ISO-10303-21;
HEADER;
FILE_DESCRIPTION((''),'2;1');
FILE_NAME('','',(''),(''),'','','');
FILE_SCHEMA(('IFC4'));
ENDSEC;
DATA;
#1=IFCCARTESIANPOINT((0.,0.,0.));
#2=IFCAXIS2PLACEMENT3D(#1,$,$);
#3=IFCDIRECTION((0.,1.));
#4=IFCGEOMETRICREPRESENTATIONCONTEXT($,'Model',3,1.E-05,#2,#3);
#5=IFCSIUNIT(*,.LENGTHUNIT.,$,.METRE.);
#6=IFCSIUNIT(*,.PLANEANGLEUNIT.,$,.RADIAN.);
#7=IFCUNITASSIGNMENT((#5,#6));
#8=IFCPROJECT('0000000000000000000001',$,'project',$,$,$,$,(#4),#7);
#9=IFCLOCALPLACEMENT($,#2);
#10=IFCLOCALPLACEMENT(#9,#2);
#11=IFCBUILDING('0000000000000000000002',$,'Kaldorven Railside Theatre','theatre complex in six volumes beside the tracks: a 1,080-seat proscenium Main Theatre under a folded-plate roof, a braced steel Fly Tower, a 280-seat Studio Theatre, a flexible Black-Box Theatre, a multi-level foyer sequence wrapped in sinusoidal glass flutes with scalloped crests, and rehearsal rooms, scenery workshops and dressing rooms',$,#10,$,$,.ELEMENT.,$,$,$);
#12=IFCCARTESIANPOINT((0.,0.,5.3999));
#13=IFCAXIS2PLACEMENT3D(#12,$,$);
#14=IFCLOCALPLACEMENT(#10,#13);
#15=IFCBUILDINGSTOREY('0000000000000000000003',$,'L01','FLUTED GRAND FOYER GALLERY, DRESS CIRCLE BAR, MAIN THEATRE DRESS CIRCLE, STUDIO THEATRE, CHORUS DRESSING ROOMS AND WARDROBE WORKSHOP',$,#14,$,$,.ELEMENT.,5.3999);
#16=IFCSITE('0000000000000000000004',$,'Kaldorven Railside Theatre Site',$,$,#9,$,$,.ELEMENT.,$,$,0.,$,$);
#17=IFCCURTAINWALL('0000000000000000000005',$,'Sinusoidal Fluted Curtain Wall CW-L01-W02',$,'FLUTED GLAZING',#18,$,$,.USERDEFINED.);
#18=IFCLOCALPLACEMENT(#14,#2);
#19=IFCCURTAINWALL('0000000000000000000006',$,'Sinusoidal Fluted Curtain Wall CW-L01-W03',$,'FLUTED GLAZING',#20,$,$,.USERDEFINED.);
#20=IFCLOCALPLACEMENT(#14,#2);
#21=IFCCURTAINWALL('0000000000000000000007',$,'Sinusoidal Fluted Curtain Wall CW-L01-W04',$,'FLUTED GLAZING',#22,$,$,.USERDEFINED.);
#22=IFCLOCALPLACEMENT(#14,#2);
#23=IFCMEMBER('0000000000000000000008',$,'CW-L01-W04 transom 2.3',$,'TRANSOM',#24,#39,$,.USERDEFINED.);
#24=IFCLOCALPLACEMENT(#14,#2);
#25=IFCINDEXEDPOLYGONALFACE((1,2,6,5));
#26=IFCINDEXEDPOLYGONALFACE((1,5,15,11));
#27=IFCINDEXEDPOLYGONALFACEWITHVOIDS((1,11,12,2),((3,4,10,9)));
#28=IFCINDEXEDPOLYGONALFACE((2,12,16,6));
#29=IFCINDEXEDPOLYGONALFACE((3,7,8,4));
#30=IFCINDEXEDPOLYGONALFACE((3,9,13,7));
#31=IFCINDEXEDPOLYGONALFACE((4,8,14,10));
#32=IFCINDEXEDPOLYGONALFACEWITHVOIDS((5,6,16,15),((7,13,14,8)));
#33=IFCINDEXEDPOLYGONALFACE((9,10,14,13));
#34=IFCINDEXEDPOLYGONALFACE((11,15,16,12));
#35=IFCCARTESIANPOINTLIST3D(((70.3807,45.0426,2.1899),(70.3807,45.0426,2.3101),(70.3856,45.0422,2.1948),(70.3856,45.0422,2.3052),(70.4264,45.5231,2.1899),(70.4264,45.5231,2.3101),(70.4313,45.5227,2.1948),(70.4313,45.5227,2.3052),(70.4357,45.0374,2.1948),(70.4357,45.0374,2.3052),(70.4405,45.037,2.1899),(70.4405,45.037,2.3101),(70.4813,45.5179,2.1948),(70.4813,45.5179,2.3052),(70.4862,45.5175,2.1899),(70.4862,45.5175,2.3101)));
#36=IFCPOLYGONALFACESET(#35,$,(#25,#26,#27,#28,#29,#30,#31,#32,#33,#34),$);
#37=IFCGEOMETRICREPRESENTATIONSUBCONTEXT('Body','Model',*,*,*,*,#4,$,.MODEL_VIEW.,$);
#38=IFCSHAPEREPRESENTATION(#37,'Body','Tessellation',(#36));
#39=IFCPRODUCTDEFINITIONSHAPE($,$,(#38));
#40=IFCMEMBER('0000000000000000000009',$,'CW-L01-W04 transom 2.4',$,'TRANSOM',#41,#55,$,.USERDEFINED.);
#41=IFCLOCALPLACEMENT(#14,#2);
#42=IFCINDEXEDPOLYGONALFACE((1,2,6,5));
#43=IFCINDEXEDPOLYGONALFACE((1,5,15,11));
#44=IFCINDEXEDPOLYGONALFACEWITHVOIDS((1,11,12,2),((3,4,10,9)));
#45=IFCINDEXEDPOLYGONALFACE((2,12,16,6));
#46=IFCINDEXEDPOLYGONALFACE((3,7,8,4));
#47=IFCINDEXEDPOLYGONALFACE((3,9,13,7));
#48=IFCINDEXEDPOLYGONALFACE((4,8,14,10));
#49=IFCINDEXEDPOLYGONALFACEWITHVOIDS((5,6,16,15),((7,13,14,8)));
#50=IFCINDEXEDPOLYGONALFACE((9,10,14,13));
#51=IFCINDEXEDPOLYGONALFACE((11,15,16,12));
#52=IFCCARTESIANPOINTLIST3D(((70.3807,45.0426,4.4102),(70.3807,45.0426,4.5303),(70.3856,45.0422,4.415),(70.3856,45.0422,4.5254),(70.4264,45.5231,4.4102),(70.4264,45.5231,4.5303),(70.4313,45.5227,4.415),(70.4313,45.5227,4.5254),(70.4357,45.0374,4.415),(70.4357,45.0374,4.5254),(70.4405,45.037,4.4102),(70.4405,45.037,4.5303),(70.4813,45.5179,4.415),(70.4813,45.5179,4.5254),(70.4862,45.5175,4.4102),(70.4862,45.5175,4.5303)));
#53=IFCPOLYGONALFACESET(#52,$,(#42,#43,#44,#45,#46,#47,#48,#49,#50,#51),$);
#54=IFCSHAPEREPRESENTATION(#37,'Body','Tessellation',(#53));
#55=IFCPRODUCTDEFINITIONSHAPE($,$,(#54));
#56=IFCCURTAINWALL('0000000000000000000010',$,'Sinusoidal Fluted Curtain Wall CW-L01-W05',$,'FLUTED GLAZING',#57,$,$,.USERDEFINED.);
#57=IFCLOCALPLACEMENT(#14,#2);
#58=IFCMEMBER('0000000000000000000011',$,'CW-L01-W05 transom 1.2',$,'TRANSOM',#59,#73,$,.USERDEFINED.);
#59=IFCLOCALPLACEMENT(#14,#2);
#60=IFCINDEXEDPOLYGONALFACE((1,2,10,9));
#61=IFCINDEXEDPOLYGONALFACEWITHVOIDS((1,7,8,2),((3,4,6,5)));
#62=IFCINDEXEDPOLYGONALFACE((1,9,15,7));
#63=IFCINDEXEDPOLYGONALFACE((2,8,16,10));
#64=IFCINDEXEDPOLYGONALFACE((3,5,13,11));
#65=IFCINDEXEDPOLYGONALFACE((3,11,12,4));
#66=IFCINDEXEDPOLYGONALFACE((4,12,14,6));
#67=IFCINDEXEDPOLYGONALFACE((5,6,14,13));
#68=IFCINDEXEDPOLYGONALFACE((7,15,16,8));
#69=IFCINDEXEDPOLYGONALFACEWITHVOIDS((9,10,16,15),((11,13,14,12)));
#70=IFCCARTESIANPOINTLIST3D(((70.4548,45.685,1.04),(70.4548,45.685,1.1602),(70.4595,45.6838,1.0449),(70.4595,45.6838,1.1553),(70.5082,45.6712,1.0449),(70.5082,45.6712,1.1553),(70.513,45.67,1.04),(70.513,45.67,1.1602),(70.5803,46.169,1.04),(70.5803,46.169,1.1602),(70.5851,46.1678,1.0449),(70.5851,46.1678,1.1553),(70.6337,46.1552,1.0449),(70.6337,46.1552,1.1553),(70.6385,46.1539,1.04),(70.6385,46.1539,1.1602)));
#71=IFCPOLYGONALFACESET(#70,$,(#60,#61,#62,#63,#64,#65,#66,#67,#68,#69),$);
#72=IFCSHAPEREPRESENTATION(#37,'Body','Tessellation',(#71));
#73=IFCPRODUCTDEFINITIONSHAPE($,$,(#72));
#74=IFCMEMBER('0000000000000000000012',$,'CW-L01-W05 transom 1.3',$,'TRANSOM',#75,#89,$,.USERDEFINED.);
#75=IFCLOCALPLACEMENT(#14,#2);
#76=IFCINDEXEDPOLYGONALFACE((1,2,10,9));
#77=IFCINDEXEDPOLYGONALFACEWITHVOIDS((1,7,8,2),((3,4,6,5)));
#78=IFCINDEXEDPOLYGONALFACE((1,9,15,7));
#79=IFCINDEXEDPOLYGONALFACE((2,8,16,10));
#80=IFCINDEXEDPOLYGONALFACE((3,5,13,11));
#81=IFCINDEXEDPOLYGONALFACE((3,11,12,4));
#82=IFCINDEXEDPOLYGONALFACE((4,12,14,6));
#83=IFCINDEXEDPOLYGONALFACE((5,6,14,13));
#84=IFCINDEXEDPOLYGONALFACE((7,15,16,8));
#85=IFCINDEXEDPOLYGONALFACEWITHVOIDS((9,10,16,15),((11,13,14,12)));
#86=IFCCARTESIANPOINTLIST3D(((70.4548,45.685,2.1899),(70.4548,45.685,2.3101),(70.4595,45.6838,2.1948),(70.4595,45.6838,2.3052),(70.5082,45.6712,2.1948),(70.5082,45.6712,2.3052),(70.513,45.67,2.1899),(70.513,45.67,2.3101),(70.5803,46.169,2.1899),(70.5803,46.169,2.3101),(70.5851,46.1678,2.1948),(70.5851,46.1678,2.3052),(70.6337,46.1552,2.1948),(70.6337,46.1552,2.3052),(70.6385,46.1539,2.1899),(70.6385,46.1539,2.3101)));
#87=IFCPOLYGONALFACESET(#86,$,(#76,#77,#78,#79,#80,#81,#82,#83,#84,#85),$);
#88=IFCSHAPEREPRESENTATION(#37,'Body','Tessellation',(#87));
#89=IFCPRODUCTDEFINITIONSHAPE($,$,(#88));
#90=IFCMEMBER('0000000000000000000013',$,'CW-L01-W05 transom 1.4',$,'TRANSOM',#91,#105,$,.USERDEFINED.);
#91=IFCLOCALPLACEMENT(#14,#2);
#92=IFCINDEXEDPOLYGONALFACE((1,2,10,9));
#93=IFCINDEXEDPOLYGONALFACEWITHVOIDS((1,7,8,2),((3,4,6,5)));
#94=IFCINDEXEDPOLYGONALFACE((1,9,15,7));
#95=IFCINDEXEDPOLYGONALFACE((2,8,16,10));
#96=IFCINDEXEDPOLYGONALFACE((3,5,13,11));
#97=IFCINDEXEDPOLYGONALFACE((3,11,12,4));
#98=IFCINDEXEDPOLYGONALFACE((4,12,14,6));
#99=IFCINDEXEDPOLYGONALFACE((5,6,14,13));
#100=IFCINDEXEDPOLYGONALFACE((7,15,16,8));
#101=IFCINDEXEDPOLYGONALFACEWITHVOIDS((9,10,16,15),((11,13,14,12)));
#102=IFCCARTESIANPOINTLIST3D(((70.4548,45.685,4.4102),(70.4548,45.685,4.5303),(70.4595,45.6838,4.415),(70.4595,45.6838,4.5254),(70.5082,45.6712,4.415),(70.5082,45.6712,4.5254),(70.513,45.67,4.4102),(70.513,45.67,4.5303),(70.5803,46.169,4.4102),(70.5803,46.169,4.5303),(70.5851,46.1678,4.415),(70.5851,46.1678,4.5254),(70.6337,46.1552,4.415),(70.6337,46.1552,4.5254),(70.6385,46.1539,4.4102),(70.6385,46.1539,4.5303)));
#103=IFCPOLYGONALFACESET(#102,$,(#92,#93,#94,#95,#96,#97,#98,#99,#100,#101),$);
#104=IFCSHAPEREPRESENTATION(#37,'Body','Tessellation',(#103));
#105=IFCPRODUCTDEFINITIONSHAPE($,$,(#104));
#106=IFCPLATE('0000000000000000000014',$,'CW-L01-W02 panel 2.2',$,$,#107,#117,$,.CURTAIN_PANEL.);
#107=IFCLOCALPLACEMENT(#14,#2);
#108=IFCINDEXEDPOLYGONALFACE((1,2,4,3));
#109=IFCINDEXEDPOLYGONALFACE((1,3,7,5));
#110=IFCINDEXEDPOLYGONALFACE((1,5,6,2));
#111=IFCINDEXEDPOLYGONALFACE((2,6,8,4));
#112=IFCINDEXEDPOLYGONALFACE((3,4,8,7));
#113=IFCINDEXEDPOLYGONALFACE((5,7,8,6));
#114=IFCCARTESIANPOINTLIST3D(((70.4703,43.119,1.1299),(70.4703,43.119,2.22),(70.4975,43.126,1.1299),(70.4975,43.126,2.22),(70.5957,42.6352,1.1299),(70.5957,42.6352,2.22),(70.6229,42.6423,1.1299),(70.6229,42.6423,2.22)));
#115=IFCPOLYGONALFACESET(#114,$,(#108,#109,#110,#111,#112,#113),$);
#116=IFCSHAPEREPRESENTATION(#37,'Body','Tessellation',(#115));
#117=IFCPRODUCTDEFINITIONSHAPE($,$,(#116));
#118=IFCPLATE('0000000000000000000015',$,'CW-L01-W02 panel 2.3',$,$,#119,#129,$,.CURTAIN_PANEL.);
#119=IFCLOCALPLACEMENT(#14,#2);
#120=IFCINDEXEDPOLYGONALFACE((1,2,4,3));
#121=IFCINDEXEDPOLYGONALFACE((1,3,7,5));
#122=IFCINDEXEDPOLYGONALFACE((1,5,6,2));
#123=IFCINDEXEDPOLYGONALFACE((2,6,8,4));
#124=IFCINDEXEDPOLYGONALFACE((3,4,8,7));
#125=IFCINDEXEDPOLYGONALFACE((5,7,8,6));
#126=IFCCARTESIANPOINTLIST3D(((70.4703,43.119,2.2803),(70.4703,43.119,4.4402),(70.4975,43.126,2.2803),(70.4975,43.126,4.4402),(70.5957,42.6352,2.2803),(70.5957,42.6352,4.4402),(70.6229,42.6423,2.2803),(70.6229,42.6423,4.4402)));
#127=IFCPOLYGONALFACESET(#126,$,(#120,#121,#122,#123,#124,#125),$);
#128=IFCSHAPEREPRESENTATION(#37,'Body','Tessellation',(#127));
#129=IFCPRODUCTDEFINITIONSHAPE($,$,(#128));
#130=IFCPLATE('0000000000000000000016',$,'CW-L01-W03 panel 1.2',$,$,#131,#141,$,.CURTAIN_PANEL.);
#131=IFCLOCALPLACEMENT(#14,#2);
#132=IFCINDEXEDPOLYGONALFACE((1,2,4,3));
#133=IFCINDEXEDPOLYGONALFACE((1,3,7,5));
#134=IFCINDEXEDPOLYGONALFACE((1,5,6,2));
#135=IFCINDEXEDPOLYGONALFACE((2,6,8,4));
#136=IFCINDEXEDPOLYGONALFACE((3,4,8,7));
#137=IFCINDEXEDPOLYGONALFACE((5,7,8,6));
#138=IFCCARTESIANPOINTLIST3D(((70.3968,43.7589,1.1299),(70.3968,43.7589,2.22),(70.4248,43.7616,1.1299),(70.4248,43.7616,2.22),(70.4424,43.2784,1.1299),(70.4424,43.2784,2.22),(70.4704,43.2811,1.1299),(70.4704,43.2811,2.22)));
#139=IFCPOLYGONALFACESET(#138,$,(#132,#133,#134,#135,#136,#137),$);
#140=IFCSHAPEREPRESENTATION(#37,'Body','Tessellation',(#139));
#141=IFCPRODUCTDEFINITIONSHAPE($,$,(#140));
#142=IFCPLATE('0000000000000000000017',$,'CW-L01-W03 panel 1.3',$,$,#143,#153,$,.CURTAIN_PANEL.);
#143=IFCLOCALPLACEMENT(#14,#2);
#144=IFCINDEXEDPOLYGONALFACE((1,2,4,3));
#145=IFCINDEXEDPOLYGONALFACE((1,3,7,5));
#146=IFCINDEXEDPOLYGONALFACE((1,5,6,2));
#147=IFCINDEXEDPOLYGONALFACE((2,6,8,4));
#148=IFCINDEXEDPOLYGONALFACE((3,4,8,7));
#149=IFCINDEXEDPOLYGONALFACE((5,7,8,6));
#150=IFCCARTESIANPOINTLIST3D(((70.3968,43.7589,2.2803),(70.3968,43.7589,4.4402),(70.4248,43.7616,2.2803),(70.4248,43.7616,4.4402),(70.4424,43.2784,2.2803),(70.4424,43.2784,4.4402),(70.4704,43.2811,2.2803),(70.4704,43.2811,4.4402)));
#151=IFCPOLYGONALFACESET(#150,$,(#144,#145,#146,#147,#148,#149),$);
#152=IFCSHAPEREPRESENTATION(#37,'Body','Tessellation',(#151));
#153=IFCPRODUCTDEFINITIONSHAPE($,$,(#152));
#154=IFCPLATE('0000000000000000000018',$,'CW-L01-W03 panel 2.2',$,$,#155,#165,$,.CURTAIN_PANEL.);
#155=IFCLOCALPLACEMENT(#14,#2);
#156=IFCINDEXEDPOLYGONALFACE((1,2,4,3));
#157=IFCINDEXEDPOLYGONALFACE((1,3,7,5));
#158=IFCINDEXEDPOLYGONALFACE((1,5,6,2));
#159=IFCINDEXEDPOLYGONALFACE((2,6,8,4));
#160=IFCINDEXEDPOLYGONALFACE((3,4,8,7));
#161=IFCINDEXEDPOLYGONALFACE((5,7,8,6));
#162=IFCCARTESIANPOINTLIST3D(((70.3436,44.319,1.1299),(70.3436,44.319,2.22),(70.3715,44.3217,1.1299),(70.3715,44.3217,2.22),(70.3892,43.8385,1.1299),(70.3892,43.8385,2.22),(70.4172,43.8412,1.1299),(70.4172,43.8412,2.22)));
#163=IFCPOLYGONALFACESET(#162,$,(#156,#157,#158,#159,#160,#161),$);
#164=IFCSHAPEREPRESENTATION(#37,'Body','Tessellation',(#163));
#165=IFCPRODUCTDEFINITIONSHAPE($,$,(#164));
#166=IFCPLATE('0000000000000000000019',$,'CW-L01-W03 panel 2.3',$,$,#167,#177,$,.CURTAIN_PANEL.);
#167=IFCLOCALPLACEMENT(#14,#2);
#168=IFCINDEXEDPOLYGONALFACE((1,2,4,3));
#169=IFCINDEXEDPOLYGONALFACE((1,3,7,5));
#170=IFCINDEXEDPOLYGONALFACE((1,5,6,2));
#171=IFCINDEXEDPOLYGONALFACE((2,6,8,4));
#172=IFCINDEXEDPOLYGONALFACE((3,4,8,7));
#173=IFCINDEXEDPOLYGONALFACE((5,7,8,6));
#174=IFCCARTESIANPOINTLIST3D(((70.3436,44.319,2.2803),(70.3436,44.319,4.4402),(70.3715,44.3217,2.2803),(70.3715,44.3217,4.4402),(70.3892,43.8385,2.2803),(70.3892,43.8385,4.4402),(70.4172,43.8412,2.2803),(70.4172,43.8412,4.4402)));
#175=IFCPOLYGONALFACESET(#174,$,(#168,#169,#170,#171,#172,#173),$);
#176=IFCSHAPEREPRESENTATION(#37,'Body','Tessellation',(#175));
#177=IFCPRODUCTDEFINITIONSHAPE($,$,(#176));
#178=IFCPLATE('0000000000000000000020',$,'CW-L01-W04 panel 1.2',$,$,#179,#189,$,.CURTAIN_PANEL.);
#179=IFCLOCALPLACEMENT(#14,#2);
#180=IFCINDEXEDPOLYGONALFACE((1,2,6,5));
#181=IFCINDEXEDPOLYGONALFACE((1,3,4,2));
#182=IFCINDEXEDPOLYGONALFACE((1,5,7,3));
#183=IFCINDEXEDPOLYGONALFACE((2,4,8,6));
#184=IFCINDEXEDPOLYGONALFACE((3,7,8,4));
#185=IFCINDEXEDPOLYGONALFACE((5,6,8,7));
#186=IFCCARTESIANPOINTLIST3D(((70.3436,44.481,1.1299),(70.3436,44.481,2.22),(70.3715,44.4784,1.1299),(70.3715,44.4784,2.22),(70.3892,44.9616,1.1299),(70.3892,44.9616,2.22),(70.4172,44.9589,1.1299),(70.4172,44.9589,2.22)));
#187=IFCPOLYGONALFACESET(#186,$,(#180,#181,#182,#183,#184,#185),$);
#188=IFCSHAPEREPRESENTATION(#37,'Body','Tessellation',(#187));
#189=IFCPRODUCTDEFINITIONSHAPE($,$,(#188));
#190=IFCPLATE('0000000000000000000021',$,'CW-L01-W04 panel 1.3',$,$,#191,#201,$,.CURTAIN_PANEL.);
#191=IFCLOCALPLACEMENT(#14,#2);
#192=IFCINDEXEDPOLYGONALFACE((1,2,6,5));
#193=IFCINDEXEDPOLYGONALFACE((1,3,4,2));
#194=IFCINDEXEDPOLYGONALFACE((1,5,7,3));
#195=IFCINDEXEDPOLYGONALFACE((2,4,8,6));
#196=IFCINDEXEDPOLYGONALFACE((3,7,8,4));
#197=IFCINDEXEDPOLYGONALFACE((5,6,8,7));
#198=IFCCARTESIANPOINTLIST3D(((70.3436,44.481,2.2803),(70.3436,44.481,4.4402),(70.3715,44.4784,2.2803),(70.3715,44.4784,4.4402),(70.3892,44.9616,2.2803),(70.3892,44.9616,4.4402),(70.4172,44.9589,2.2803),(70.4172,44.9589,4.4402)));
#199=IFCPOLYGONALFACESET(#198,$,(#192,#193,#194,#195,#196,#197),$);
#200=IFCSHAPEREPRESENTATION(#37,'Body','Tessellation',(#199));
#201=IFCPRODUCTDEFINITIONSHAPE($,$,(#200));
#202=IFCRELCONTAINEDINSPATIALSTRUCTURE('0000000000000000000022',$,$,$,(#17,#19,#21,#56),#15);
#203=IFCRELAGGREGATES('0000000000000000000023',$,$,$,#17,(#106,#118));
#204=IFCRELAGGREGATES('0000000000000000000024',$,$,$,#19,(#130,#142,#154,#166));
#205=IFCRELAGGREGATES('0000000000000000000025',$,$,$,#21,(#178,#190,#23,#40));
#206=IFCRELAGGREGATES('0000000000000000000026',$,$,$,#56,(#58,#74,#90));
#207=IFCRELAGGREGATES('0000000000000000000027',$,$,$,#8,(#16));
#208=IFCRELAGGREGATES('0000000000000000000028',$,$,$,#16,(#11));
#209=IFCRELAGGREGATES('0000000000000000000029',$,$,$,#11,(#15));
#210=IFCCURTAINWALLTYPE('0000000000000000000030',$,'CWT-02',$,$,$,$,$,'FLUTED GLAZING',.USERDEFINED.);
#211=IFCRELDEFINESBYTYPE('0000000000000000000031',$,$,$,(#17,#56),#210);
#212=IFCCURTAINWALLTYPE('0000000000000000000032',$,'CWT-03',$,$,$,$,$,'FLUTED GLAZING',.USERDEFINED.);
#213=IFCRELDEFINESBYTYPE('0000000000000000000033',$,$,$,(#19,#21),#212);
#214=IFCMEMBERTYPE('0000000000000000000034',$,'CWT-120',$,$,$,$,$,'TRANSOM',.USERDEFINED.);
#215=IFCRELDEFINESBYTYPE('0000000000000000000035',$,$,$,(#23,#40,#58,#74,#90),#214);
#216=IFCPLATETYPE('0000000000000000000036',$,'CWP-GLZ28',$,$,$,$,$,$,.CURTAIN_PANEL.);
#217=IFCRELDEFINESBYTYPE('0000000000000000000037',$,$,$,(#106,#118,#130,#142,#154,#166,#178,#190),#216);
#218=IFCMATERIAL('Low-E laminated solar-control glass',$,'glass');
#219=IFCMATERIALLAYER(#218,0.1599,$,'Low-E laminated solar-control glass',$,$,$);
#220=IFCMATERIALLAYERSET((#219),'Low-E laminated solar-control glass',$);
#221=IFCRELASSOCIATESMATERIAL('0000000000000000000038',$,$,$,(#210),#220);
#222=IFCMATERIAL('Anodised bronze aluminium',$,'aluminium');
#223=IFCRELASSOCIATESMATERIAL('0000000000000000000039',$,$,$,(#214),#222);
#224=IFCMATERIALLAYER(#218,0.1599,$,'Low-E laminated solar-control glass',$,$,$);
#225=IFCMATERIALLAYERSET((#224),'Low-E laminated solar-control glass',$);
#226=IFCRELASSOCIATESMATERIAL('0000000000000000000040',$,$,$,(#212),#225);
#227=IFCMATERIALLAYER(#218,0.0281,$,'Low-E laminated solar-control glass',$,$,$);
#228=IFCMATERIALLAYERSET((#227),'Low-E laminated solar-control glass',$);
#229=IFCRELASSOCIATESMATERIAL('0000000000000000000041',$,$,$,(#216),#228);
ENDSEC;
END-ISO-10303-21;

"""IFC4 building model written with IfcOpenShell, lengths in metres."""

from ifc_helpers import new_model, si_unit, direction, frame, origin, origin_2d, place, context, subcontext, project, spatial, rectangle, hollow_rectangle, extrude, material, layer, layer_set, material_profile, profile_set, type_object, element, aggregate, save


model = new_model("IFC4")

# Units and contexts
model_context = context("Model", 3, precision=1e-05, world=origin(), true_north=direction((0.0, 1.0)))
body_context = subcontext(model_context, "Body", "Model", "MODEL_VIEW")
ifc_project = project(units=[si_unit("LENGTHUNIT", "METRE"), si_unit("PLANEANGLEUNIT", "RADIAN")], contexts=[model_context])

# Site, building, storey
site_placement = place(None, origin())
site = spatial("IfcSite", under=ifc_project, at=site_placement, Name="Kaldorven Railside Theatre Site", CompositionType="ELEMENT", RefElevation=0.0)
building_placement = place(site_placement, origin())
building = spatial("IfcBuilding", under=site, at=building_placement, Name="Kaldorven Railside Theatre", Description="theatre complex in six volumes beside the tracks: a 1,080-seat proscenium Main Theatre under a folded-plate roof, a braced steel Fly Tower, a 280-seat Studio Theatre, a flexible Black-Box Theatre, a multi-level foyer sequence wrapped in sinusoidal glass flutes with scalloped crests, and rehearsal rooms, scenery workshops and dressing rooms", CompositionType="ELEMENT")
storey_placement = place(building_placement, frame((0.0, 0.0, 5.3999)))
storey = spatial("IfcBuildingStorey", under=building, at=storey_placement, Name="L01", Description="FLUTED GRAND FOYER GALLERY, DRESS CIRCLE BAR, MAIN THEATRE DRESS CIRCLE, STUDIO THEATRE, CHORUS DRESSING ROOMS AND WARDROBE WORKSHOP", CompositionType="ELEMENT", Elevation=5.3999)

# Curtain walls, members
ifc_material_1 = material(Name="Low-E laminated solar-control glass", Category="glass")
ifc_layer_1 = layer(ifc_material_1, 0.1599, Name="Low-E laminated solar-control glass")
ifc_layer_set_1 = layer_set([ifc_layer_1], Name="Low-E laminated solar-control glass")
curtain_wall_type_1 = type_object("IfcCurtainWallType", Name="CWT-02", ElementType="FLUTED GLAZING", PredefinedType="USERDEFINED", material=ifc_layer_set_1)
curtain_wall_1_placement = place(storey_placement, origin())
curtain_wall_1 = element("IfcCurtainWall", 1, at=curtain_wall_1_placement, inside=storey, type_object=curtain_wall_type_1, Name="Sinusoidal Fluted Curtain Wall CW-L01-W02", ObjectType="FLUTED GLAZING", PredefinedType="USERDEFINED")
ifc_material_2 = material(Name="Anodised bronze aluminium", Category="aluminium")
ifc_material_profile = material_profile(ifc_material_2, hollow_rectangle(XDim=0.0601, YDim=0.1201, WallThickness=0.0049, at=origin_2d()), Name="RHS 120x60x5")
ifc_profile_set = profile_set([ifc_material_profile], Name="Anodised bronze aluminium")
member_type = type_object("IfcMemberType", Name="CWT-120", ElementType="TRANSOM", PredefinedType="USERDEFINED", material=ifc_profile_set)
ifc_layer_2 = layer(ifc_material_1, 0.1599, Name="Low-E laminated solar-control glass")
ifc_layer_set_2 = layer_set([ifc_layer_2], Name="Low-E laminated solar-control glass")
curtain_wall_type_2 = type_object("IfcCurtainWallType", Name="CWT-03", ElementType="FLUTED GLAZING", PredefinedType="USERDEFINED", material=ifc_layer_set_2)
curtain_wall_2_placement = place(storey_placement, origin())
curtain_wall_2 = element("IfcCurtainWall", 2, at=curtain_wall_2_placement, inside=storey, type_object=curtain_wall_type_2, Name="Sinusoidal Fluted Curtain Wall CW-L01-W03", ObjectType="FLUTED GLAZING", PredefinedType="USERDEFINED")
curtain_wall_3_placement = place(storey_placement, origin())
curtain_wall_3 = element("IfcCurtainWall", 3, at=curtain_wall_3_placement, inside=storey, type_object=curtain_wall_type_2, Name="Sinusoidal Fluted Curtain Wall CW-L01-W04", ObjectType="FLUTED GLAZING", PredefinedType="USERDEFINED")
member_1_placement = place(storey_placement, frame((70.4106, 45.0398, 2.25), z_axis=(0.094594, 0.995516, 0.0), x_axis=(-0.995516, 0.094594, 0.0)))
member_1 = element("IfcMember", 4, at=member_1_placement, type_object=member_type, Name="CW-L01-W04 transom 2.3", ObjectType="TRANSOM", PredefinedType="USERDEFINED", context=body_context, shape_type="SweptSolid", body=[
    extrude(hollow_rectangle(XDim=0.0601, YDim=0.1201, WallThickness=0.0049, at=origin_2d()), origin(), (0.0, 0.0, 1.0), 0.4827),
])
member_2_placement = place(storey_placement, frame((70.4106, 45.0398, 4.4702), z_axis=(0.094594, 0.995516, 0.0), x_axis=(-0.995516, 0.094594, 0.0)))
member_2 = element("IfcMember", 5, at=member_2_placement, type_object=member_type, Name="CW-L01-W04 transom 2.4", ObjectType="TRANSOM", PredefinedType="USERDEFINED", context=body_context, shape_type="SweptSolid", body=[
    extrude(hollow_rectangle(XDim=0.0601, YDim=0.1201, WallThickness=0.0049, at=origin_2d()), origin(), (0.0, 0.0, 1.0), 0.4827),
])
curtain_wall_4_placement = place(storey_placement, origin())
curtain_wall_4 = element("IfcCurtainWall", 6, at=curtain_wall_4_placement, inside=storey, type_object=curtain_wall_type_1, Name="Sinusoidal Fluted Curtain Wall CW-L01-W05", ObjectType="FLUTED GLAZING", PredefinedType="USERDEFINED")
member_3_placement = place(storey_placement, frame((70.4839, 45.6775, 1.1001), z_axis=(0.25103, 0.967979, 0.0), x_axis=(-0.967979, 0.25103, 0.0)))
member_3 = element("IfcMember", 7, at=member_3_placement, type_object=member_type, Name="CW-L01-W05 transom 1.2", ObjectType="TRANSOM", PredefinedType="USERDEFINED", context=body_context, shape_type="SweptSolid", body=[
    extrude(hollow_rectangle(XDim=0.0601, YDim=0.1201, WallThickness=0.0049, at=origin_2d()), origin(), (0.0, 0.0, 1.0), 0.5),
])
member_4_placement = place(storey_placement, frame((70.4839, 45.6775, 2.25), z_axis=(0.25103, 0.967979, 0.0), x_axis=(-0.967979, 0.25103, 0.0)))
member_4 = element("IfcMember", 8, at=member_4_placement, type_object=member_type, Name="CW-L01-W05 transom 1.3", ObjectType="TRANSOM", PredefinedType="USERDEFINED", context=body_context, shape_type="SweptSolid", body=[
    extrude(hollow_rectangle(XDim=0.0601, YDim=0.1201, WallThickness=0.0049, at=origin_2d()), origin(), (0.0, 0.0, 1.0), 0.5),
])
member_5_placement = place(storey_placement, frame((70.4839, 45.6775, 4.4702), z_axis=(0.25103, 0.967979, 0.0), x_axis=(-0.967979, 0.25103, 0.0)))
member_5 = element("IfcMember", 9, at=member_5_placement, type_object=member_type, Name="CW-L01-W05 transom 1.4", ObjectType="TRANSOM", PredefinedType="USERDEFINED", context=body_context, shape_type="SweptSolid", body=[
    extrude(hollow_rectangle(XDim=0.0601, YDim=0.1201, WallThickness=0.0049, at=origin_2d()), origin(), (0.0, 0.0, 1.0), 0.5),
])

# Plates
ifc_layer_3 = layer(ifc_material_1, 0.0281, Name="Low-E laminated solar-control glass")
ifc_layer_set_3 = layer_set([ifc_layer_3], Name="Low-E laminated solar-control glass")
plate_type = type_object("IfcPlateType", Name="CWP-GLZ28", PredefinedType="CURTAIN_PANEL", material=ifc_layer_set_3)
plate_1_placement = place(storey_placement, frame((70.5466, 42.8806, 1.1299), z_axis=(0.0, 0.0, 1.0), x_axis=(-0.250954, 0.967999, 0.0)))
plate_1 = element("IfcPlate", 10, at=plate_1_placement, type_object=plate_type, Name="CW-L01-W02 panel 2.2", PredefinedType="CURTAIN_PANEL", context=body_context, shape_type="SweptSolid", body=[
    extrude(rectangle(XDim=0.4998, YDim=0.0281, at=origin_2d()), origin(), (0.0, 0.0, 1.0), 1.0901),
])
plate_2_placement = place(storey_placement, frame((70.5466, 42.8806, 2.2803), z_axis=(0.0, 0.0, 1.0), x_axis=(-0.250954, 0.967999, 0.0)))
plate_2 = element("IfcPlate", 11, at=plate_2_placement, type_object=plate_type, Name="CW-L01-W02 panel 2.3", PredefinedType="CURTAIN_PANEL", context=body_context, shape_type="SweptSolid", body=[
    extrude(rectangle(XDim=0.4998, YDim=0.0281, at=origin_2d()), origin(), (0.0, 0.0, 1.0), 2.1599),
])
aggregate(curtain_wall_1, [plate_1, plate_2])
plate_3_placement = place(storey_placement, frame((70.4336, 43.52, 1.1299), z_axis=(0.0, 0.0, 1.0), x_axis=(-0.094492, 0.995526, 0.0)))
plate_3 = element("IfcPlate", 12, at=plate_3_placement, type_object=plate_type, Name="CW-L01-W03 panel 1.2", PredefinedType="CURTAIN_PANEL", context=body_context, shape_type="SweptSolid", body=[
    extrude(rectangle(XDim=0.4827, YDim=0.0281, at=origin_2d()), origin(), (0.0, 0.0, 1.0), 1.0901),
])
plate_4_placement = place(storey_placement, frame((70.4336, 43.52, 2.2803), z_axis=(0.0, 0.0, 1.0), x_axis=(-0.094492, 0.995526, 0.0)))
plate_4 = element("IfcPlate", 13, at=plate_4_placement, type_object=plate_type, Name="CW-L01-W03 panel 1.3", PredefinedType="CURTAIN_PANEL", context=body_context, shape_type="SweptSolid", body=[
    extrude(rectangle(XDim=0.4827, YDim=0.0281, at=origin_2d()), origin(), (0.0, 0.0, 1.0), 2.1599),
])
plate_5_placement = place(storey_placement, frame((70.3804, 44.0801, 1.1299), z_axis=(0.0, 0.0, 1.0), x_axis=(-0.094492, 0.995526, 0.0)))
plate_5 = element("IfcPlate", 14, at=plate_5_placement, type_object=plate_type, Name="CW-L01-W03 panel 2.2", PredefinedType="CURTAIN_PANEL", context=body_context, shape_type="SweptSolid", body=[
    extrude(rectangle(XDim=0.4827, YDim=0.0281, at=origin_2d()), origin(), (0.0, 0.0, 1.0), 1.0901),
])
plate_6_placement = place(storey_placement, frame((70.3804, 44.0801, 2.2803), z_axis=(0.0, 0.0, 1.0), x_axis=(-0.094492, 0.995526, 0.0)))
plate_6 = element("IfcPlate", 15, at=plate_6_placement, type_object=plate_type, Name="CW-L01-W03 panel 2.3", PredefinedType="CURTAIN_PANEL", context=body_context, shape_type="SweptSolid", body=[
    extrude(rectangle(XDim=0.4827, YDim=0.0281, at=origin_2d()), origin(), (0.0, 0.0, 1.0), 2.1599),
])
aggregate(curtain_wall_2, [plate_3, plate_4, plate_5, plate_6])
plate_7_placement = place(storey_placement, frame((70.3804, 44.72, 1.1299), z_axis=(0.0, 0.0, 1.0), x_axis=(0.094492, 0.995526, 0.0)))
plate_7 = element("IfcPlate", 16, at=plate_7_placement, type_object=plate_type, Name="CW-L01-W04 panel 1.2", PredefinedType="CURTAIN_PANEL", context=body_context, shape_type="SweptSolid", body=[
    extrude(rectangle(XDim=0.4827, YDim=0.0281, at=origin_2d()), origin(), (0.0, 0.0, 1.0), 1.0901),
])
plate_8_placement = place(storey_placement, frame((70.3804, 44.72, 2.2803), z_axis=(0.0, 0.0, 1.0), x_axis=(0.094492, 0.995526, 0.0)))
plate_8 = element("IfcPlate", 17, at=plate_8_placement, type_object=plate_type, Name="CW-L01-W04 panel 1.3", PredefinedType="CURTAIN_PANEL", context=body_context, shape_type="SweptSolid", body=[
    extrude(rectangle(XDim=0.4827, YDim=0.0281, at=origin_2d()), origin(), (0.0, 0.0, 1.0), 2.1599),
])
aggregate(curtain_wall_3, [plate_7, plate_8, member_1, member_2])
aggregate(curtain_wall_4, [member_3, member_4, member_5])

save(model, "model.ifc")
